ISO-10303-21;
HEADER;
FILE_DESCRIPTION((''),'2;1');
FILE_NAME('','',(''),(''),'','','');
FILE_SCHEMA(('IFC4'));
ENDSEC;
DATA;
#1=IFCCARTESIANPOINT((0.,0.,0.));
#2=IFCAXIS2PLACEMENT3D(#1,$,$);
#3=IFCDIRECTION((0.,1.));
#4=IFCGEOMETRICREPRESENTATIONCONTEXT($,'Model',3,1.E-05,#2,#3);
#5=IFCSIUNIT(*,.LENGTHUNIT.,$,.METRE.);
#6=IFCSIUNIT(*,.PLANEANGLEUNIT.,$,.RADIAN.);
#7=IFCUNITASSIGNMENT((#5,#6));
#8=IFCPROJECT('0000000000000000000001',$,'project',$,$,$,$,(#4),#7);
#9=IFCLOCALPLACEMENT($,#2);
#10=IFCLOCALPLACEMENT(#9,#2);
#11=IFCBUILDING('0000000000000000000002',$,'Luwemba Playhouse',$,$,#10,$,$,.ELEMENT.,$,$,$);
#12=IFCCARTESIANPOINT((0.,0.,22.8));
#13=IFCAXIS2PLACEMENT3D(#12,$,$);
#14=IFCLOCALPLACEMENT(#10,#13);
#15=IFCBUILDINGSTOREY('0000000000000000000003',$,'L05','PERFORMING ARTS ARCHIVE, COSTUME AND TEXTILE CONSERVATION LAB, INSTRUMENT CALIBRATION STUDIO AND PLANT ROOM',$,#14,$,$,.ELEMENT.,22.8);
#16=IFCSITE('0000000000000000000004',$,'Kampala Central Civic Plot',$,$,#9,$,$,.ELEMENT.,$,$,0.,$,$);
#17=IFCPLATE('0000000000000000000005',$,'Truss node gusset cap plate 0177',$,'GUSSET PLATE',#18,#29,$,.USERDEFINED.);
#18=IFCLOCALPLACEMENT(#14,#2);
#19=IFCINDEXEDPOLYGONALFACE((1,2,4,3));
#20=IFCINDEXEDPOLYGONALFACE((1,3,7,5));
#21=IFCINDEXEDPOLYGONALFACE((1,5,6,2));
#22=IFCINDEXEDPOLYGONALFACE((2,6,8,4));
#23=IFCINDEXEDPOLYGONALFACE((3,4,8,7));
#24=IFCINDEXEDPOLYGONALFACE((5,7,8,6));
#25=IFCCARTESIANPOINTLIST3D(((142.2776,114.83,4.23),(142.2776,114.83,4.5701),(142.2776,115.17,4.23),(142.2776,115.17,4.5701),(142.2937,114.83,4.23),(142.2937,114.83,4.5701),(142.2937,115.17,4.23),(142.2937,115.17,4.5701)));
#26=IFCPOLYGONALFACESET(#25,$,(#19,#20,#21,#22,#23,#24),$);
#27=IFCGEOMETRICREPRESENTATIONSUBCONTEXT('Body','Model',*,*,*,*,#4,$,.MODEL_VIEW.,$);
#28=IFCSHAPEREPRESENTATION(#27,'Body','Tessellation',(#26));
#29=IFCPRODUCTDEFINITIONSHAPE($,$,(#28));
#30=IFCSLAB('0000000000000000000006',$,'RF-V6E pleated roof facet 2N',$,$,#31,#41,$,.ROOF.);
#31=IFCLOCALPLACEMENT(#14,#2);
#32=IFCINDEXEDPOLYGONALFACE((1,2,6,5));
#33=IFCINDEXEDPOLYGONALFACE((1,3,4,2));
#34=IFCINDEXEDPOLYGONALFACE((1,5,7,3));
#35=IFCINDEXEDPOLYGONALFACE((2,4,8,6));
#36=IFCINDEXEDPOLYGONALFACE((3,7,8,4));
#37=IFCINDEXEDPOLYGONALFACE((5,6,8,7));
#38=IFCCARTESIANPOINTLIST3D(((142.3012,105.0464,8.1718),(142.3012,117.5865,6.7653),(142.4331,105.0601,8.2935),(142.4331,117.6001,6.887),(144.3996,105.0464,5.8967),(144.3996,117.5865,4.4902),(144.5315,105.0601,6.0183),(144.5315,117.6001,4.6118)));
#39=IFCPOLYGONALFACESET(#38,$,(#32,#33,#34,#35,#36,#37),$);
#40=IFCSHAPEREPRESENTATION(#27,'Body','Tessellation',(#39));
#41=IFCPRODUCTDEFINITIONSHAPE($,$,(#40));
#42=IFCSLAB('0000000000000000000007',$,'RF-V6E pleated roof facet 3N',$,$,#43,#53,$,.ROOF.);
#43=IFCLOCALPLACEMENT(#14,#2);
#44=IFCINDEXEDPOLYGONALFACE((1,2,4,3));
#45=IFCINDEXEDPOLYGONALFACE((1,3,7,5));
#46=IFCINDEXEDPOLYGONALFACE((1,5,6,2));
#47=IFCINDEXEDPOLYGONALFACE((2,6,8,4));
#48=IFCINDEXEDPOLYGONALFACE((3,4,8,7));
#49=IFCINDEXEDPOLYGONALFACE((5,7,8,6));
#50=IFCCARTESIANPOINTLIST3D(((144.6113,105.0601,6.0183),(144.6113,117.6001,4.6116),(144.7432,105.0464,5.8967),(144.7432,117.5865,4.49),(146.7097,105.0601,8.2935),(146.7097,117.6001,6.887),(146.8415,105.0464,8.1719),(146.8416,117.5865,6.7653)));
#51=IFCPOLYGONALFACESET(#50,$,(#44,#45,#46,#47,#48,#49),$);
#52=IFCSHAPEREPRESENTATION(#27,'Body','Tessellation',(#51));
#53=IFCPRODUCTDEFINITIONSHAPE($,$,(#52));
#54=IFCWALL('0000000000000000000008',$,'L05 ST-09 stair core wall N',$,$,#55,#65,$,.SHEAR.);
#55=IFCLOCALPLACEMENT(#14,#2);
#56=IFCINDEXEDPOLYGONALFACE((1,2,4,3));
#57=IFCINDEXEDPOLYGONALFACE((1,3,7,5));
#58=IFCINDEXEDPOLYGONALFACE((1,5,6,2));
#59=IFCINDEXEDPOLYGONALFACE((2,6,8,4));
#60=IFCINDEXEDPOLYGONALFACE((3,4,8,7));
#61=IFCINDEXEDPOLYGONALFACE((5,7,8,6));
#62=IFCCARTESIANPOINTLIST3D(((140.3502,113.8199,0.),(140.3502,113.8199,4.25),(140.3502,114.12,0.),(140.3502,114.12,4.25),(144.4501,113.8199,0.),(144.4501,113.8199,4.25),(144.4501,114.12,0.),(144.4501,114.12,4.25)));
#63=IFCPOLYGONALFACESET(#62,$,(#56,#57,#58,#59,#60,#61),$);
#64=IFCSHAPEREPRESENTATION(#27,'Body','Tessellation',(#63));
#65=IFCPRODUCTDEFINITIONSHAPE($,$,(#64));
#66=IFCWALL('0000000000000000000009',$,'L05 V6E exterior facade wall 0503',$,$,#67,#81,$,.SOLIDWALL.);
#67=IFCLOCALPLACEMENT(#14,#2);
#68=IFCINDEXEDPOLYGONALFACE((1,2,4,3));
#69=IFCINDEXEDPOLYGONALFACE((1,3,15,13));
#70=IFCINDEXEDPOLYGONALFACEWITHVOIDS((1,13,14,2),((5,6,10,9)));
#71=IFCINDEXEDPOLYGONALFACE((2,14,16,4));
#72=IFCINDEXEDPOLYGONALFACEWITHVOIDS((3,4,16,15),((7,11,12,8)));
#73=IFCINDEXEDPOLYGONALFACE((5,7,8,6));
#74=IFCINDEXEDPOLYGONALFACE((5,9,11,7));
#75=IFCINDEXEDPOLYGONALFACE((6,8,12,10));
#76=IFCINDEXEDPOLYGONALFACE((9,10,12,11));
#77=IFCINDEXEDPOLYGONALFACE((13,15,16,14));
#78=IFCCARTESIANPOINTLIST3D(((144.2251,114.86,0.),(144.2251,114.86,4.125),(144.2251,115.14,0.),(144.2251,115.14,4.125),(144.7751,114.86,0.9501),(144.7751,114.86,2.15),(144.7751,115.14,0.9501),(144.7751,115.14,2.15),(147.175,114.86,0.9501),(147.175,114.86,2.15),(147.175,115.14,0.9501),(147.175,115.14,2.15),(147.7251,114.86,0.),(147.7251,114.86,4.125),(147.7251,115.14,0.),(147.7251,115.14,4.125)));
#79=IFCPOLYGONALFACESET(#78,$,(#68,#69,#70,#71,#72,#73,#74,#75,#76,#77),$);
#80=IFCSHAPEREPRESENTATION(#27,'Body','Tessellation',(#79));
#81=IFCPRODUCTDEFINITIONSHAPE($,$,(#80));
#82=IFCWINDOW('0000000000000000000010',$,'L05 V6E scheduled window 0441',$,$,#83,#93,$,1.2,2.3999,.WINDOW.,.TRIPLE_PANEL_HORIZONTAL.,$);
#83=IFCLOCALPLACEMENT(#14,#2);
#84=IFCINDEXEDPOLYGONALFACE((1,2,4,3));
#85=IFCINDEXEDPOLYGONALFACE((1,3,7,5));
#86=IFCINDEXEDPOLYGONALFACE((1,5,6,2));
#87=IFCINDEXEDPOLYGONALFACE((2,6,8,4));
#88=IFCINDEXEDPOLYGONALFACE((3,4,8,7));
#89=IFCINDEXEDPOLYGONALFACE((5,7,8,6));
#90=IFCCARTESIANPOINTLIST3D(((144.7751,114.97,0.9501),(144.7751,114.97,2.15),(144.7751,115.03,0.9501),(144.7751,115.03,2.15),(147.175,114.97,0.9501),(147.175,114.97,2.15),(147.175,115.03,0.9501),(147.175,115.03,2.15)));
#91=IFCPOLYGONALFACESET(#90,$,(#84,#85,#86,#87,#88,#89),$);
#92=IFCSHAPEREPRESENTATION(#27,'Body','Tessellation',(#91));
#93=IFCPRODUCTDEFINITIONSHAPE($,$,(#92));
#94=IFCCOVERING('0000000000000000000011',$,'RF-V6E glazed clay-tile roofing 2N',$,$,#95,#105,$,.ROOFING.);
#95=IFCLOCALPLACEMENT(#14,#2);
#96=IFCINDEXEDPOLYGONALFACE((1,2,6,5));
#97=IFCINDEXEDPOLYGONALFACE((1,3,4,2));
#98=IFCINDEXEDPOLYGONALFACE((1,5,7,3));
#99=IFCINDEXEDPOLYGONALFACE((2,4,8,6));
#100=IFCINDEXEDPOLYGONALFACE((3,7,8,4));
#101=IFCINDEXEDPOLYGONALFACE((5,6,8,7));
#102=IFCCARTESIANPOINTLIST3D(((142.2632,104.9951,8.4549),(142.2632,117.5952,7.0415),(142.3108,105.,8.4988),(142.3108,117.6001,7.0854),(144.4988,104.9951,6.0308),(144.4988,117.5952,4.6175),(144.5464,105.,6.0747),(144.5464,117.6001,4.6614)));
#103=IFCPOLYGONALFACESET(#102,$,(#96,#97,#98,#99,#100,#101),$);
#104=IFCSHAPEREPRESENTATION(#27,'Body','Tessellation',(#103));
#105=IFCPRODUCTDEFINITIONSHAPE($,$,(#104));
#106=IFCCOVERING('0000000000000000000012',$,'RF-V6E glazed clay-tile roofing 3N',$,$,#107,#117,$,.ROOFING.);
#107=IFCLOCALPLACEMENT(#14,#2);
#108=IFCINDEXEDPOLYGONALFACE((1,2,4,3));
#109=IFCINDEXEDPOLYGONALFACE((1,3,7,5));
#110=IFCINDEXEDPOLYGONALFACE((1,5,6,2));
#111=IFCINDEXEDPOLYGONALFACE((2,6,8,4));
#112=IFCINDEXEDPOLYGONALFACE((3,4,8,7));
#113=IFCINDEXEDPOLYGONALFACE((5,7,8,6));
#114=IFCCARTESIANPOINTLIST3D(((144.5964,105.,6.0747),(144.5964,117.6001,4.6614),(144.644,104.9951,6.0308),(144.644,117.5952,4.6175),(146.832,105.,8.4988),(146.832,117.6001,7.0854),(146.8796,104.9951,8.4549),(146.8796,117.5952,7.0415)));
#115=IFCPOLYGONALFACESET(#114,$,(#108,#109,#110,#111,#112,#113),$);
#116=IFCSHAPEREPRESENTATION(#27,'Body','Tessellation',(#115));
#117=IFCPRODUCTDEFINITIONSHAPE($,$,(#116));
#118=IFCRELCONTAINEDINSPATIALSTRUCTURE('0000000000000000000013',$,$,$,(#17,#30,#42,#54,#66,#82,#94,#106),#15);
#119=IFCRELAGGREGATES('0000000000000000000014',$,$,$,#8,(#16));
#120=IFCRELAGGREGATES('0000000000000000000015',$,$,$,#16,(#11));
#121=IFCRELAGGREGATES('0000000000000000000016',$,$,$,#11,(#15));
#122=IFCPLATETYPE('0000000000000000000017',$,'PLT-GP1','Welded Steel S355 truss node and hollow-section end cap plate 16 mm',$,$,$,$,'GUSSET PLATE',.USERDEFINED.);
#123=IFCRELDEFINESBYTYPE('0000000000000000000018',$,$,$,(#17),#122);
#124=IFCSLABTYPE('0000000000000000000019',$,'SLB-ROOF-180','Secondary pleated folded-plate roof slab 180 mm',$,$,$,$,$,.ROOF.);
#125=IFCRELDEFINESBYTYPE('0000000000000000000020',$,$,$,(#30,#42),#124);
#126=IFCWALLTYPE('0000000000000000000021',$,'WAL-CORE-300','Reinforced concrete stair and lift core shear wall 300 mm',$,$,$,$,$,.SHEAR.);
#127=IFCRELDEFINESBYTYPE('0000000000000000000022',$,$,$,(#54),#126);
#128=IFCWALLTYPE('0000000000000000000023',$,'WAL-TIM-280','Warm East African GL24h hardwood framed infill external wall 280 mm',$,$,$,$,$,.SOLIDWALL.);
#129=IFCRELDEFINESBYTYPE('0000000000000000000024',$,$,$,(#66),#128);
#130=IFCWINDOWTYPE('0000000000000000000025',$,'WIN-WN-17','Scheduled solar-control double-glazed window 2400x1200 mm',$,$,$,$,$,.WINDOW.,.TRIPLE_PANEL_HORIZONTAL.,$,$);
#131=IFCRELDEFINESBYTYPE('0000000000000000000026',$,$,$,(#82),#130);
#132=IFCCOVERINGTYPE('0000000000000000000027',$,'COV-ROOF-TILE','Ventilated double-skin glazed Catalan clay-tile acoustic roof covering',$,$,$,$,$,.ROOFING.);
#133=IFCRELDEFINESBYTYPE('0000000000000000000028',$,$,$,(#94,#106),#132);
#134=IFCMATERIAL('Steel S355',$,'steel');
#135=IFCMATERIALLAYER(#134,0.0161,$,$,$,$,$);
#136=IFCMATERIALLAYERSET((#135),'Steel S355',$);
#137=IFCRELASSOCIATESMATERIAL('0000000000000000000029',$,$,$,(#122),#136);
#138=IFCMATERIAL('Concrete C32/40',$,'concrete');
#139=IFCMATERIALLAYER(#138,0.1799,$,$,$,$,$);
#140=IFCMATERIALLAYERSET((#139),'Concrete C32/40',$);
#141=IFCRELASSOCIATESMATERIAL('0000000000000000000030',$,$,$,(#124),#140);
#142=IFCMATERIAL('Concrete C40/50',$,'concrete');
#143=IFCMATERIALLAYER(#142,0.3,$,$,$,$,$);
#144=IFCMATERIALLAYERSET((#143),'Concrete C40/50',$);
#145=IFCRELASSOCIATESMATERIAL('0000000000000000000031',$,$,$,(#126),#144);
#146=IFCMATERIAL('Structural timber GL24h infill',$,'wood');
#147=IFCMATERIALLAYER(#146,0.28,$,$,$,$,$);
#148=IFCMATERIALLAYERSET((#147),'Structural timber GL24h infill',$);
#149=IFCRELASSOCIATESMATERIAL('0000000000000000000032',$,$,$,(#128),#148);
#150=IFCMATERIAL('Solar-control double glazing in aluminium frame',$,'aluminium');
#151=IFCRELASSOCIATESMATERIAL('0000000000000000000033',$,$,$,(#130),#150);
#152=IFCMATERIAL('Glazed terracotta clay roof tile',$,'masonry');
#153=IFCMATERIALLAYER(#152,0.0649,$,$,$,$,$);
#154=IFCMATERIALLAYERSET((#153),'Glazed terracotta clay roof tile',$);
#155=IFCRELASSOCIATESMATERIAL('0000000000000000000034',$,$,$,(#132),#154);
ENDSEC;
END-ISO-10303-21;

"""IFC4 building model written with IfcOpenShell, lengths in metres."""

from ifc_helpers import new_model, si_unit, direction, frame, frame_2d, origin, origin_2d, place, context, subcontext, project, spatial, polyline, rectangle, outline, extrude, material, layer, layer_set, type_object, element, fill, save


model = new_model("IFC4")

# Units and contexts
model_context = context("Model", 3, precision=1e-05, world=origin(), true_north=direction((0.0, 1.0)))
body_context = subcontext(model_context, "Body", "Model", "MODEL_VIEW")
ifc_project = project(units=[si_unit("LENGTHUNIT", "METRE"), si_unit("PLANEANGLEUNIT", "RADIAN")], contexts=[model_context])

# Site, building, storey
site_placement = place(None, origin())
site = spatial("IfcSite", under=ifc_project, at=site_placement, Name="Kampala Central Civic Plot", CompositionType="ELEMENT", RefElevation=0.0)
building_placement = place(site_placement, origin())
building = spatial("IfcBuilding", under=site, at=building_placement, Name="Luwemba Playhouse", CompositionType="ELEMENT")
storey_placement = place(building_placement, frame((0.0, 0.0, 22.8)))
storey = spatial("IfcBuildingStorey", under=building, at=storey_placement, Name="L05", Description="PERFORMING ARTS ARCHIVE, COSTUME AND TEXTILE CONSERVATION LAB, INSTRUMENT CALIBRATION STUDIO AND PLANT ROOM", CompositionType="ELEMENT", Elevation=22.8)

# Shared definitions
ifc_material_1 = material(Name="Concrete C40/50", Category="concrete")

# Shared definitions
ifc_material_2 = material(Name="Steel S355", Category="steel")

# Plate
ifc_layer_1 = layer(ifc_material_2, 0.0161)
ifc_layer_set_1 = layer_set([ifc_layer_1], Name="Steel S355")
plate_type = type_object("IfcPlateType", Name="PLT-GP1", Description="Welded Steel S355 truss node and hollow-section end cap plate 16 mm", ElementType="GUSSET PLATE", PredefinedType="USERDEFINED", material=ifc_layer_set_1)
plate_placement = place(storey_placement, frame((142.2856, 115.0, 4.23), z_axis=(0.0, 0.0, 1.0), x_axis=(1.0, 0.0, 0.0)))
element("IfcPlate", 1, at=plate_placement, inside=storey, type_object=plate_type, Name="Truss node gusset cap plate 0177", ObjectType="GUSSET PLATE", PredefinedType="USERDEFINED", context=body_context, shape_type="SweptSolid", body=[
    extrude(rectangle(XDim=0.0161, YDim=0.3401, at=origin_2d()), origin(), (0.0, 0.0, 1.0), 0.3401),
])

# Slabs
ifc_material_3 = material(Name="Concrete C32/40", Category="concrete")
ifc_layer_2 = layer(ifc_material_3, 0.1799)
ifc_layer_set_2 = layer_set([ifc_layer_2], Name="Concrete C32/40")
slab_type = type_object("IfcSlabType", Name="SLB-ROOF-180", Description="Secondary pleated folded-plate roof slab 180 mm", PredefinedType="ROOF", material=ifc_layer_set_2)
slab_1_placement = place(storey_placement, frame((142.4331, 105.0601, 8.2935), z_axis=(0.732969, 0.075823, 0.676024), x_axis=(0.677975, 0.0, -0.735085)))
element("IfcSlab", 2, at=slab_1_placement, inside=storey, type_object=slab_type, Name="RF-V6E pleated roof facet 2N", PredefinedType="ROOF", context=body_context, shape_type="SweptSolid", body=[
    extrude(outline(polyline([(0.0, 0.0), (3.0951, 0.0), (4.129, 12.5762), (1.0339, 12.5762), (0.0, 0.0)])), origin(), (0.0, 0.0, -1.0), 0.1799),
])
slab_2_placement = place(storey_placement, frame((144.6113, 105.0601, 6.0183), z_axis=(-0.732986, 0.075827, 0.676004), x_axis=(0.677956, 0.000002, 0.735103)))
element("IfcSlab", 3, at=slab_2_placement, inside=storey, type_object=slab_type, Name="RF-V6E pleated roof facet 3N", PredefinedType="ROOF", context=body_context, shape_type="SweptSolid", body=[
    extrude(outline(polyline([(0.0, 0.0), (3.0951, 0.0), (2.0612, 12.5762), (-1.0341, 12.5763), (0.0, 0.0)])), origin(), (0.0, 0.0, -1.0), 0.1799),
])

# Wall
ifc_layer_3 = layer(ifc_material_1, 0.3)
ifc_layer_set_3 = layer_set([ifc_layer_3], Name="Concrete C40/50")
wall_type_1 = type_object("IfcWallType", Name="WAL-CORE-300", Description="Reinforced concrete stair and lift core shear wall 300 mm", PredefinedType="SHEAR", material=ifc_layer_set_3)
wall_1_placement = place(storey_placement, frame((144.45, 113.97, 0.0), z_axis=(0.0, 0.0, 1.0), x_axis=(-1.0, 0.0, 0.0)))
element("IfcWall", 4, at=wall_1_placement, inside=storey, type_object=wall_type_1, Name="L05 ST-09 stair core wall N", PredefinedType="SHEAR", context=body_context, shape_type="SweptSolid", body=[
    extrude(rectangle(XDim=4.0999, YDim=0.3, at=frame_2d((2.0498, 0.0))), origin(), (0.0, 0.0, 1.0), 4.25),
])

# Wall, opening, window
ifc_material_4 = material(Name="Structural timber GL24h infill", Category="wood")
ifc_layer_4 = layer(ifc_material_4, 0.28)
ifc_layer_set_4 = layer_set([ifc_layer_4], Name="Structural timber GL24h infill")
wall_type_2 = type_object("IfcWallType", Name="WAL-TIM-280", Description="Warm East African GL24h hardwood framed infill external wall 280 mm", PredefinedType="SOLIDWALL", material=ifc_layer_set_4)
wall_2_placement = place(storey_placement, frame((144.2251, 115.0, 0.0), z_axis=(0.0, 0.0, 1.0), x_axis=(1.0, 0.0, 0.0)))
wall_2 = element("IfcWall", 5, at=wall_2_placement, inside=storey, type_object=wall_type_2, Name="L05 V6E exterior facade wall 0503", PredefinedType="SOLIDWALL", context=body_context, shape_type="SweptSolid", body=[
    extrude(rectangle(XDim=3.5, YDim=0.28, at=frame_2d((1.75, 0.0))), origin(), (0.0, 0.0, 1.0), 4.125),
])
opening_1_placement = place(wall_2_placement, frame((0.55, 0.0, 0.95)))
opening_1 = element("IfcOpeningElement", 6, at=opening_1_placement, cuts=wall_2, PredefinedType="OPENING", context=body_context, shape_type="SweptSolid", body=[
    extrude(rectangle(XDim=2.3999, YDim=1.2, at=frame_2d((1.2, 0.6001))), frame((0.0, 0.1499, 0.0), z_axis=(0.0, -1.0, 0.0), x_axis=(1.0, 0.0, 0.0)), (0.0, 0.0, 1.0), 0.3),
])
ifc_material_5 = material(Name="Solar-control double glazing in aluminium frame", Category="aluminium")
window_type = type_object("IfcWindowType", Name="WIN-WN-17", Description="Scheduled solar-control double-glazed window 2400x1200 mm", PartitioningType="TRIPLE_PANEL_HORIZONTAL", PredefinedType="WINDOW", material=ifc_material_5)
window_placement = place(opening_1_placement, origin())
window = element("IfcWindow", 7, at=window_placement, inside=storey, type_object=window_type, Name="L05 V6E scheduled window 0441", OverallHeight=1.2, OverallWidth=2.3999, PartitioningType="TRIPLE_PANEL_HORIZONTAL", PredefinedType="WINDOW", context=body_context, shape_type="SweptSolid", body=[
    extrude(rectangle(XDim=2.3999, YDim=1.2, at=frame_2d((1.2, 0.6001))), frame((0.0, 0.03, 0.0), z_axis=(0.0, -1.0, 0.0), x_axis=(1.0, 0.0, 0.0)), (0.0, 0.0, 1.0), 0.0601),
])
fill(opening_1, window)

# Coverings
ifc_material_6 = material(Name="Glazed terracotta clay roof tile", Category="masonry")
ifc_layer_5 = layer(ifc_material_6, 0.0649)
ifc_layer_set_5 = layer_set([ifc_layer_5], Name="Glazed terracotta clay roof tile")
covering_type = type_object("IfcCoveringType", Name="COV-ROOF-TILE", Description="Ventilated double-skin glazed Catalan clay-tile acoustic roof covering", PredefinedType="ROOFING", material=ifc_layer_set_5)
covering_1_placement = place(storey_placement, frame((142.3108, 105.0, 8.4988), z_axis=(0.732991, 0.075826, 0.675999), x_axis=(0.677951, 0.0, -0.735107)))
element("IfcCovering", 8, at=covering_1_placement, inside=storey, type_object=covering_type, Name="RF-V6E glazed clay-tile roofing 2N", PredefinedType="ROOFING", context=body_context, shape_type="SweptSolid", body=[
    extrude(outline(polyline([(0.0, 0.0), (3.2976, 0.0), (4.3365, 12.6365), (1.0389, 12.6365), (0.0, 0.0)])), origin(), (0.0, 0.0, -1.0), 0.0649),
])
covering_2_placement = place(storey_placement, frame((144.5964, 105.0, 6.0747), z_axis=(-0.732991, 0.075826, 0.675999), x_axis=(0.677951, 0.0, 0.735107)))
element("IfcCovering", 9, at=covering_2_placement, inside=storey, type_object=covering_type, Name="RF-V6E glazed clay-tile roofing 3N", PredefinedType="ROOFING", context=body_context, shape_type="SweptSolid", body=[
    extrude(outline(polyline([(0.0, 0.0), (3.2976, 0.0), (2.2586, 12.6365), (-1.0389, 12.6365), (0.0, 0.0)])), origin(), (0.0, 0.0, -1.0), 0.0649),
])

save(model, "model.ifc")
